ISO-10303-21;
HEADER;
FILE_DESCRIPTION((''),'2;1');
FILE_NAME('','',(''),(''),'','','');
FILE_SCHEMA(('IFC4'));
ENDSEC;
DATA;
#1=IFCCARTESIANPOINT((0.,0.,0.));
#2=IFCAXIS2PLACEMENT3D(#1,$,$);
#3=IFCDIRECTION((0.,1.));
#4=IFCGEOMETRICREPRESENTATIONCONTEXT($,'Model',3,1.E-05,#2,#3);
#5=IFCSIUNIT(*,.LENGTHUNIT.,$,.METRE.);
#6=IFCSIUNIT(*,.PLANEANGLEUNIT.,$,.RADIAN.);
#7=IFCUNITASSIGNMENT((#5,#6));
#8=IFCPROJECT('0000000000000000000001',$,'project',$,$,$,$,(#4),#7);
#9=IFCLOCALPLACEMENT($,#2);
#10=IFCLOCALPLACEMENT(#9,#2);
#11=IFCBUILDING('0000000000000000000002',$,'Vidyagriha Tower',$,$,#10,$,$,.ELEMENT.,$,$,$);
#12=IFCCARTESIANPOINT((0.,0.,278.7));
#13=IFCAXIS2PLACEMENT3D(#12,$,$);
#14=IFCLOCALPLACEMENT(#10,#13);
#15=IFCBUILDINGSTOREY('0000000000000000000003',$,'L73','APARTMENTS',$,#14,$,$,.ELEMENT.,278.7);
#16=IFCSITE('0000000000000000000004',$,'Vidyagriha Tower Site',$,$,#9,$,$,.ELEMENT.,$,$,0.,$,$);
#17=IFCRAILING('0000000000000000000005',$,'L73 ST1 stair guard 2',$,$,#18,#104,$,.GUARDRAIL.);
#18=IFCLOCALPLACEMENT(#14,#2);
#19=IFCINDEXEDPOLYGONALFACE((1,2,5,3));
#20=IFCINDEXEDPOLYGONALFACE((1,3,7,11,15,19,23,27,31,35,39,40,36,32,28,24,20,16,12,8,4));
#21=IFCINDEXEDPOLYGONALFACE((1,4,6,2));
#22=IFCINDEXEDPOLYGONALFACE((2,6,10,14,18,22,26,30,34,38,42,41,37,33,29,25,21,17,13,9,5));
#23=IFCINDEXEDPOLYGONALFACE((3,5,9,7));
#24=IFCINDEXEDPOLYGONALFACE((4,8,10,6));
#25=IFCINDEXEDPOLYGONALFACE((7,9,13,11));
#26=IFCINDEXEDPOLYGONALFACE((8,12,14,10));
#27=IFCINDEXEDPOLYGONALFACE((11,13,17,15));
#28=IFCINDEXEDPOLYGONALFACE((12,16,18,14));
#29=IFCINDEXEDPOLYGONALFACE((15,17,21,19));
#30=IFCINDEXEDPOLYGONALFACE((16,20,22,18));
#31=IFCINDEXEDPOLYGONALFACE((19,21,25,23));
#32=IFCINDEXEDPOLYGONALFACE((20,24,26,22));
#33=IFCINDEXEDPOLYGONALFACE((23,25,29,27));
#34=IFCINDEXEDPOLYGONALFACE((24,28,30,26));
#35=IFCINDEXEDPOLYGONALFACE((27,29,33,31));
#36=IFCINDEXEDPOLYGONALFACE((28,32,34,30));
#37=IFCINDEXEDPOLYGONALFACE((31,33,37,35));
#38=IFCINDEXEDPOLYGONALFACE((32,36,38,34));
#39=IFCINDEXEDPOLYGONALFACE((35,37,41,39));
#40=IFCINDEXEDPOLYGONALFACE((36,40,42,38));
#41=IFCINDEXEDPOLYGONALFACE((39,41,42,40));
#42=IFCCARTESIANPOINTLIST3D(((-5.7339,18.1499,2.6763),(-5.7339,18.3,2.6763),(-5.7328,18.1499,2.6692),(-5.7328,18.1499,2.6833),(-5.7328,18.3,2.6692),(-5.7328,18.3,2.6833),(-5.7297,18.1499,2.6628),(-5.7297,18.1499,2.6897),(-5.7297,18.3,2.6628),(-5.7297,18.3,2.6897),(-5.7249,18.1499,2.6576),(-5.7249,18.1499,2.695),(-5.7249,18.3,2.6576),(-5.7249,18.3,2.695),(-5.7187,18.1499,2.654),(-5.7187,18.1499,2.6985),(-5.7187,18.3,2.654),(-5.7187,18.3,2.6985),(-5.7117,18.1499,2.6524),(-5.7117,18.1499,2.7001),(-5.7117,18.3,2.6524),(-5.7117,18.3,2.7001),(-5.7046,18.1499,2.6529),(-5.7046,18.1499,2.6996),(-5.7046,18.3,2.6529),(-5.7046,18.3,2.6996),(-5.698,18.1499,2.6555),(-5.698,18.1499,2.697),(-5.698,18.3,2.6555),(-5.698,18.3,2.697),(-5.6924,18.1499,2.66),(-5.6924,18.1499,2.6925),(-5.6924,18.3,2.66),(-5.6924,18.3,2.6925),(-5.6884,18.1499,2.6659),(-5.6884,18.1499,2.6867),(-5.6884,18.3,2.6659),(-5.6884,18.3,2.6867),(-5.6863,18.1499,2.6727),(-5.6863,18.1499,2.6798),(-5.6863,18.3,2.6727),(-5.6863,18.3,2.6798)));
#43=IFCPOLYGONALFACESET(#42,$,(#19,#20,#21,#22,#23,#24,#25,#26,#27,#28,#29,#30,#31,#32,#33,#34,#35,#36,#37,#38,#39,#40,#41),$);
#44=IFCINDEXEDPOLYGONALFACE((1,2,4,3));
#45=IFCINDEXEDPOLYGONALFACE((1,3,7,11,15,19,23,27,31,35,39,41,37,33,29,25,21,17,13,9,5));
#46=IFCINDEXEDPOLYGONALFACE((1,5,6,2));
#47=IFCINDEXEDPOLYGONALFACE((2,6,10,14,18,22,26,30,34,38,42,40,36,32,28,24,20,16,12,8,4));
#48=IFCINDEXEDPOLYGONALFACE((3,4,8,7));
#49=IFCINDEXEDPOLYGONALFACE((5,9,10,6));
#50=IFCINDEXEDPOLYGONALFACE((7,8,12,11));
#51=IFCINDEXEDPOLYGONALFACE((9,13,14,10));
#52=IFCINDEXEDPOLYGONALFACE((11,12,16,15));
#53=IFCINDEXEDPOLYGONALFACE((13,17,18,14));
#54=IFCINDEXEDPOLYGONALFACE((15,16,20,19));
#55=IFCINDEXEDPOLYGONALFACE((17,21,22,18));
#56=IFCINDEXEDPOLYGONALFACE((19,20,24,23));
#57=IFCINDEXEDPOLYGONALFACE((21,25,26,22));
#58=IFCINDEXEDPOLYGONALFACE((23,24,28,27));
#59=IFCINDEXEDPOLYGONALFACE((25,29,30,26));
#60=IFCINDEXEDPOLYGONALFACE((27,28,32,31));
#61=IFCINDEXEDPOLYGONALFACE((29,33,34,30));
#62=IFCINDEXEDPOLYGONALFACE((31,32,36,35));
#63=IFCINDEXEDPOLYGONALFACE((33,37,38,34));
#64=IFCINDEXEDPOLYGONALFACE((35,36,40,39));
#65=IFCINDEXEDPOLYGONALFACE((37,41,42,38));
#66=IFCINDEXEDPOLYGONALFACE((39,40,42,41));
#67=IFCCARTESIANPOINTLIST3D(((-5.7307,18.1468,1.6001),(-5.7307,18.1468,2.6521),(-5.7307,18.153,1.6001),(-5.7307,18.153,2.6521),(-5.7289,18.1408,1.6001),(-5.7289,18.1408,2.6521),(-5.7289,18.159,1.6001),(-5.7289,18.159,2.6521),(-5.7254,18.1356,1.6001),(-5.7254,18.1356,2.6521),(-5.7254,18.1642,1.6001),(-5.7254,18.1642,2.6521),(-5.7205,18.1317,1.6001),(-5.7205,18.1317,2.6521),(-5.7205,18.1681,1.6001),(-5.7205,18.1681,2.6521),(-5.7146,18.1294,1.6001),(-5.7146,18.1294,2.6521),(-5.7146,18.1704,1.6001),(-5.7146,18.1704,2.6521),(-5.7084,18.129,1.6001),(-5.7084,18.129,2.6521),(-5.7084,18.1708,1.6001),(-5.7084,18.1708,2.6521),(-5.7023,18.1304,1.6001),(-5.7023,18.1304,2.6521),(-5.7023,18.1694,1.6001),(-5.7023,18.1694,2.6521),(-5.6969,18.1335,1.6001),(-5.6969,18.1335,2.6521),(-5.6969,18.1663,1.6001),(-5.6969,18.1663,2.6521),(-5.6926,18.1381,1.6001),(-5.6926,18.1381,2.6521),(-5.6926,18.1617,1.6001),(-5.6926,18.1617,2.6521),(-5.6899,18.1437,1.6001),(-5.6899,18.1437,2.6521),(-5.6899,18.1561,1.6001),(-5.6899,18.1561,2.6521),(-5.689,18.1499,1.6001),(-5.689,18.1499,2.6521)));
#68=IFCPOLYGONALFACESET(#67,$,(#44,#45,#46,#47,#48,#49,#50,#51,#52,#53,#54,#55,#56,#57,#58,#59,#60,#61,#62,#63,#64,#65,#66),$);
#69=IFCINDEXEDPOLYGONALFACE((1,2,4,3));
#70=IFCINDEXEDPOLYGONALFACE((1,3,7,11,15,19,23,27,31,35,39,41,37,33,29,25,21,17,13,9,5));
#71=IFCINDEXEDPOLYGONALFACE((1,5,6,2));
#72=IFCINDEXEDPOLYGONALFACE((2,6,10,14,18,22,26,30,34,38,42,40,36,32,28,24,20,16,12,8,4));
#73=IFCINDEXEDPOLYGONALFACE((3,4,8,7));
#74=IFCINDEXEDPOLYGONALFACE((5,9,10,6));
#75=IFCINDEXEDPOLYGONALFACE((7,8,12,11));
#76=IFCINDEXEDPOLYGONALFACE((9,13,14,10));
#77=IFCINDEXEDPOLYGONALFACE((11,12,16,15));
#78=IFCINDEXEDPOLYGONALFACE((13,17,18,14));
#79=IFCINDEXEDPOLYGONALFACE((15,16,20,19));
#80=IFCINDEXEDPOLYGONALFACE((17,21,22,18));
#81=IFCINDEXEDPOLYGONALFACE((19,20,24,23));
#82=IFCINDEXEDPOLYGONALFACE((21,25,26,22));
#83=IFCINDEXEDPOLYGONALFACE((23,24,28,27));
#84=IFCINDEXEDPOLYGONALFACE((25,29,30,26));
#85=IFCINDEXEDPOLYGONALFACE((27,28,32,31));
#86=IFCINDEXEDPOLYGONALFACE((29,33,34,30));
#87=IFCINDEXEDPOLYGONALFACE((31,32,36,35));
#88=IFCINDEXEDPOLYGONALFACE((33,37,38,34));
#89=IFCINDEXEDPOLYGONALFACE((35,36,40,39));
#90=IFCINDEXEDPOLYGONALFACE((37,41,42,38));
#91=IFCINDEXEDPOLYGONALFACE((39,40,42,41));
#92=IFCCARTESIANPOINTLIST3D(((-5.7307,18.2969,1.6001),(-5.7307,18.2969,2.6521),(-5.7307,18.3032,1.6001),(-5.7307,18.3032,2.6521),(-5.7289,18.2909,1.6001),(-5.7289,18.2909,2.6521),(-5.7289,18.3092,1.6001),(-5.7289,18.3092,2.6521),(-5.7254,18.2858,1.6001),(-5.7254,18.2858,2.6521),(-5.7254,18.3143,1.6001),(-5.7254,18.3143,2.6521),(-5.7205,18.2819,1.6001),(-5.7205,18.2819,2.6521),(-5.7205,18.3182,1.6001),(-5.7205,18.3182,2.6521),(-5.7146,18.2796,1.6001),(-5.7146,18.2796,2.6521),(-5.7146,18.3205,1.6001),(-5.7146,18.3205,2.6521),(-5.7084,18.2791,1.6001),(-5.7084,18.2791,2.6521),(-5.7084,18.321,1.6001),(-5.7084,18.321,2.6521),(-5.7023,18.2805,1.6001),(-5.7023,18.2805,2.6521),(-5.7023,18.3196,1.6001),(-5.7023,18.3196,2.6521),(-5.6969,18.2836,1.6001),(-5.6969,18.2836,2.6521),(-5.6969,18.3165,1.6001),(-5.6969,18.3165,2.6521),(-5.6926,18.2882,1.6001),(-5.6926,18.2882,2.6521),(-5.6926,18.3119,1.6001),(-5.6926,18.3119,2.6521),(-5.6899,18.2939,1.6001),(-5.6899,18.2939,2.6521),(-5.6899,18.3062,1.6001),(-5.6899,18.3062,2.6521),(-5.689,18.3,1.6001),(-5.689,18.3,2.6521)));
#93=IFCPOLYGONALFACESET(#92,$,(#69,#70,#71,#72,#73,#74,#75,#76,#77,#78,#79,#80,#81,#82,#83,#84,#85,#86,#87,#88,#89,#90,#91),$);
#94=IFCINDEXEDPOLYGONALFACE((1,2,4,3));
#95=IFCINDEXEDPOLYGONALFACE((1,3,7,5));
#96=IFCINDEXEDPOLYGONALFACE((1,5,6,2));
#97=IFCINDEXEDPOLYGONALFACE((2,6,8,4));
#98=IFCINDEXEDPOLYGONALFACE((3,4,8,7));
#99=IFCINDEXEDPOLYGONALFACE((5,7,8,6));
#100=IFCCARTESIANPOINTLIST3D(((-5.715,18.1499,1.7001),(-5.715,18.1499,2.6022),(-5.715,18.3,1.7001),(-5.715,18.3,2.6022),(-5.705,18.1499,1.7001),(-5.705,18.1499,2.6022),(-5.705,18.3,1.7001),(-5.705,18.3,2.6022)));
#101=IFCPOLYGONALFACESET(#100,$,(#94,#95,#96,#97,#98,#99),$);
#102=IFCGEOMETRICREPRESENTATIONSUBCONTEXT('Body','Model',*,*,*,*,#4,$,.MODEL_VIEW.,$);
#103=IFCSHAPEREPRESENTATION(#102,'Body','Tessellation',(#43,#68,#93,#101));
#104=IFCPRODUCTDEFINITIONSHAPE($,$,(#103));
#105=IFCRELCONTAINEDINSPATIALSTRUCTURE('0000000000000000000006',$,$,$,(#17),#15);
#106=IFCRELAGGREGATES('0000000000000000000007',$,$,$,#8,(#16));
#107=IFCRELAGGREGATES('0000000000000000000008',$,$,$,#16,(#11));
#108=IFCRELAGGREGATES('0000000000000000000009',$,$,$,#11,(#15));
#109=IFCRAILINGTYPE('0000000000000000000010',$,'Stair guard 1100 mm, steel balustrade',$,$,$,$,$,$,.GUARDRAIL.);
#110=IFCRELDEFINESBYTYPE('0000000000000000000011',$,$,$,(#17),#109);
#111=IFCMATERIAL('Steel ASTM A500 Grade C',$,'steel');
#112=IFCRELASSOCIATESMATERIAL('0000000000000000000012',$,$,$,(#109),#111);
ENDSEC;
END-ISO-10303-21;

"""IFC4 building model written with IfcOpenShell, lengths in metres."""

from ifc_helpers import new_model, si_unit, direction, frame, origin, origin_2d, place, context, subcontext, project, spatial, rectangle, circle, extrude, material, type_object, element, save


model = new_model("IFC4")

# Units and contexts
model_context = context("Model", 3, precision=1e-05, world=origin(), true_north=direction((0.0, 1.0)))
body_context = subcontext(model_context, "Body", "Model", "MODEL_VIEW")
ifc_project = project(units=[si_unit("LENGTHUNIT", "METRE"), si_unit("PLANEANGLEUNIT", "RADIAN")], contexts=[model_context])

# Site, building, storey
site_placement = place(None, origin())
site = spatial("IfcSite", under=ifc_project, at=site_placement, Name="Vidyagriha Tower Site", CompositionType="ELEMENT", RefElevation=0.0)
building_placement = place(site_placement, origin())
building = spatial("IfcBuilding", under=site, at=building_placement, Name="Vidyagriha Tower", CompositionType="ELEMENT")
storey_placement = place(building_placement, frame((0.0, 0.0, 278.7)))
storey = spatial("IfcBuildingStorey", under=building, at=storey_placement, Name="L73", Description="APARTMENTS", CompositionType="ELEMENT", Elevation=278.7)

# Railing
ifc_material_1 = material(Name="Steel ASTM A500 Grade C", Category="steel")
railing_type_1 = type_object("IfcRailingType", Name="Stair guard 1100 mm, steel balustrade", PredefinedType="GUARDRAIL", material=ifc_material_1)
railing_1_placement = place(storey_placement, frame((-5.71, 18.1499, 1.6001)))
element("IfcRailing", 1, at=railing_1_placement, inside=storey, type_object=railing_type_1, Name="L73 ST1 stair guard 2", PredefinedType="GUARDRAIL", context=body_context, shape_type="SweptSolid", body=[
    extrude(circle(Radius=0.0239, at=origin_2d()), frame((0.0, 0.0, 1.0762), z_axis=(0.0, 1.0, 0.0), x_axis=(-1.0, 0.0, 0.0)), (0.0, 0.0, 1.0), 0.1501),
    extrude(circle(Radius=0.021, at=origin_2d()), origin(), (0.0, 0.0, 1.0), 1.052),
    extrude(circle(Radius=0.021, at=origin_2d()), frame((0.0, 0.1501, 0.0)), (0.0, 0.0, 1.0), 1.052),
    extrude(rectangle(XDim=0.01, YDim=0.9021, at=origin_2d()), frame((0.0, 0.0, 0.551), z_axis=(0.0, 1.0, 0.0), x_axis=(-1.0, 0.0, 0.0)), (0.0, 0.0, 1.0), 0.1501),
])

save(model, "model.ifc")
